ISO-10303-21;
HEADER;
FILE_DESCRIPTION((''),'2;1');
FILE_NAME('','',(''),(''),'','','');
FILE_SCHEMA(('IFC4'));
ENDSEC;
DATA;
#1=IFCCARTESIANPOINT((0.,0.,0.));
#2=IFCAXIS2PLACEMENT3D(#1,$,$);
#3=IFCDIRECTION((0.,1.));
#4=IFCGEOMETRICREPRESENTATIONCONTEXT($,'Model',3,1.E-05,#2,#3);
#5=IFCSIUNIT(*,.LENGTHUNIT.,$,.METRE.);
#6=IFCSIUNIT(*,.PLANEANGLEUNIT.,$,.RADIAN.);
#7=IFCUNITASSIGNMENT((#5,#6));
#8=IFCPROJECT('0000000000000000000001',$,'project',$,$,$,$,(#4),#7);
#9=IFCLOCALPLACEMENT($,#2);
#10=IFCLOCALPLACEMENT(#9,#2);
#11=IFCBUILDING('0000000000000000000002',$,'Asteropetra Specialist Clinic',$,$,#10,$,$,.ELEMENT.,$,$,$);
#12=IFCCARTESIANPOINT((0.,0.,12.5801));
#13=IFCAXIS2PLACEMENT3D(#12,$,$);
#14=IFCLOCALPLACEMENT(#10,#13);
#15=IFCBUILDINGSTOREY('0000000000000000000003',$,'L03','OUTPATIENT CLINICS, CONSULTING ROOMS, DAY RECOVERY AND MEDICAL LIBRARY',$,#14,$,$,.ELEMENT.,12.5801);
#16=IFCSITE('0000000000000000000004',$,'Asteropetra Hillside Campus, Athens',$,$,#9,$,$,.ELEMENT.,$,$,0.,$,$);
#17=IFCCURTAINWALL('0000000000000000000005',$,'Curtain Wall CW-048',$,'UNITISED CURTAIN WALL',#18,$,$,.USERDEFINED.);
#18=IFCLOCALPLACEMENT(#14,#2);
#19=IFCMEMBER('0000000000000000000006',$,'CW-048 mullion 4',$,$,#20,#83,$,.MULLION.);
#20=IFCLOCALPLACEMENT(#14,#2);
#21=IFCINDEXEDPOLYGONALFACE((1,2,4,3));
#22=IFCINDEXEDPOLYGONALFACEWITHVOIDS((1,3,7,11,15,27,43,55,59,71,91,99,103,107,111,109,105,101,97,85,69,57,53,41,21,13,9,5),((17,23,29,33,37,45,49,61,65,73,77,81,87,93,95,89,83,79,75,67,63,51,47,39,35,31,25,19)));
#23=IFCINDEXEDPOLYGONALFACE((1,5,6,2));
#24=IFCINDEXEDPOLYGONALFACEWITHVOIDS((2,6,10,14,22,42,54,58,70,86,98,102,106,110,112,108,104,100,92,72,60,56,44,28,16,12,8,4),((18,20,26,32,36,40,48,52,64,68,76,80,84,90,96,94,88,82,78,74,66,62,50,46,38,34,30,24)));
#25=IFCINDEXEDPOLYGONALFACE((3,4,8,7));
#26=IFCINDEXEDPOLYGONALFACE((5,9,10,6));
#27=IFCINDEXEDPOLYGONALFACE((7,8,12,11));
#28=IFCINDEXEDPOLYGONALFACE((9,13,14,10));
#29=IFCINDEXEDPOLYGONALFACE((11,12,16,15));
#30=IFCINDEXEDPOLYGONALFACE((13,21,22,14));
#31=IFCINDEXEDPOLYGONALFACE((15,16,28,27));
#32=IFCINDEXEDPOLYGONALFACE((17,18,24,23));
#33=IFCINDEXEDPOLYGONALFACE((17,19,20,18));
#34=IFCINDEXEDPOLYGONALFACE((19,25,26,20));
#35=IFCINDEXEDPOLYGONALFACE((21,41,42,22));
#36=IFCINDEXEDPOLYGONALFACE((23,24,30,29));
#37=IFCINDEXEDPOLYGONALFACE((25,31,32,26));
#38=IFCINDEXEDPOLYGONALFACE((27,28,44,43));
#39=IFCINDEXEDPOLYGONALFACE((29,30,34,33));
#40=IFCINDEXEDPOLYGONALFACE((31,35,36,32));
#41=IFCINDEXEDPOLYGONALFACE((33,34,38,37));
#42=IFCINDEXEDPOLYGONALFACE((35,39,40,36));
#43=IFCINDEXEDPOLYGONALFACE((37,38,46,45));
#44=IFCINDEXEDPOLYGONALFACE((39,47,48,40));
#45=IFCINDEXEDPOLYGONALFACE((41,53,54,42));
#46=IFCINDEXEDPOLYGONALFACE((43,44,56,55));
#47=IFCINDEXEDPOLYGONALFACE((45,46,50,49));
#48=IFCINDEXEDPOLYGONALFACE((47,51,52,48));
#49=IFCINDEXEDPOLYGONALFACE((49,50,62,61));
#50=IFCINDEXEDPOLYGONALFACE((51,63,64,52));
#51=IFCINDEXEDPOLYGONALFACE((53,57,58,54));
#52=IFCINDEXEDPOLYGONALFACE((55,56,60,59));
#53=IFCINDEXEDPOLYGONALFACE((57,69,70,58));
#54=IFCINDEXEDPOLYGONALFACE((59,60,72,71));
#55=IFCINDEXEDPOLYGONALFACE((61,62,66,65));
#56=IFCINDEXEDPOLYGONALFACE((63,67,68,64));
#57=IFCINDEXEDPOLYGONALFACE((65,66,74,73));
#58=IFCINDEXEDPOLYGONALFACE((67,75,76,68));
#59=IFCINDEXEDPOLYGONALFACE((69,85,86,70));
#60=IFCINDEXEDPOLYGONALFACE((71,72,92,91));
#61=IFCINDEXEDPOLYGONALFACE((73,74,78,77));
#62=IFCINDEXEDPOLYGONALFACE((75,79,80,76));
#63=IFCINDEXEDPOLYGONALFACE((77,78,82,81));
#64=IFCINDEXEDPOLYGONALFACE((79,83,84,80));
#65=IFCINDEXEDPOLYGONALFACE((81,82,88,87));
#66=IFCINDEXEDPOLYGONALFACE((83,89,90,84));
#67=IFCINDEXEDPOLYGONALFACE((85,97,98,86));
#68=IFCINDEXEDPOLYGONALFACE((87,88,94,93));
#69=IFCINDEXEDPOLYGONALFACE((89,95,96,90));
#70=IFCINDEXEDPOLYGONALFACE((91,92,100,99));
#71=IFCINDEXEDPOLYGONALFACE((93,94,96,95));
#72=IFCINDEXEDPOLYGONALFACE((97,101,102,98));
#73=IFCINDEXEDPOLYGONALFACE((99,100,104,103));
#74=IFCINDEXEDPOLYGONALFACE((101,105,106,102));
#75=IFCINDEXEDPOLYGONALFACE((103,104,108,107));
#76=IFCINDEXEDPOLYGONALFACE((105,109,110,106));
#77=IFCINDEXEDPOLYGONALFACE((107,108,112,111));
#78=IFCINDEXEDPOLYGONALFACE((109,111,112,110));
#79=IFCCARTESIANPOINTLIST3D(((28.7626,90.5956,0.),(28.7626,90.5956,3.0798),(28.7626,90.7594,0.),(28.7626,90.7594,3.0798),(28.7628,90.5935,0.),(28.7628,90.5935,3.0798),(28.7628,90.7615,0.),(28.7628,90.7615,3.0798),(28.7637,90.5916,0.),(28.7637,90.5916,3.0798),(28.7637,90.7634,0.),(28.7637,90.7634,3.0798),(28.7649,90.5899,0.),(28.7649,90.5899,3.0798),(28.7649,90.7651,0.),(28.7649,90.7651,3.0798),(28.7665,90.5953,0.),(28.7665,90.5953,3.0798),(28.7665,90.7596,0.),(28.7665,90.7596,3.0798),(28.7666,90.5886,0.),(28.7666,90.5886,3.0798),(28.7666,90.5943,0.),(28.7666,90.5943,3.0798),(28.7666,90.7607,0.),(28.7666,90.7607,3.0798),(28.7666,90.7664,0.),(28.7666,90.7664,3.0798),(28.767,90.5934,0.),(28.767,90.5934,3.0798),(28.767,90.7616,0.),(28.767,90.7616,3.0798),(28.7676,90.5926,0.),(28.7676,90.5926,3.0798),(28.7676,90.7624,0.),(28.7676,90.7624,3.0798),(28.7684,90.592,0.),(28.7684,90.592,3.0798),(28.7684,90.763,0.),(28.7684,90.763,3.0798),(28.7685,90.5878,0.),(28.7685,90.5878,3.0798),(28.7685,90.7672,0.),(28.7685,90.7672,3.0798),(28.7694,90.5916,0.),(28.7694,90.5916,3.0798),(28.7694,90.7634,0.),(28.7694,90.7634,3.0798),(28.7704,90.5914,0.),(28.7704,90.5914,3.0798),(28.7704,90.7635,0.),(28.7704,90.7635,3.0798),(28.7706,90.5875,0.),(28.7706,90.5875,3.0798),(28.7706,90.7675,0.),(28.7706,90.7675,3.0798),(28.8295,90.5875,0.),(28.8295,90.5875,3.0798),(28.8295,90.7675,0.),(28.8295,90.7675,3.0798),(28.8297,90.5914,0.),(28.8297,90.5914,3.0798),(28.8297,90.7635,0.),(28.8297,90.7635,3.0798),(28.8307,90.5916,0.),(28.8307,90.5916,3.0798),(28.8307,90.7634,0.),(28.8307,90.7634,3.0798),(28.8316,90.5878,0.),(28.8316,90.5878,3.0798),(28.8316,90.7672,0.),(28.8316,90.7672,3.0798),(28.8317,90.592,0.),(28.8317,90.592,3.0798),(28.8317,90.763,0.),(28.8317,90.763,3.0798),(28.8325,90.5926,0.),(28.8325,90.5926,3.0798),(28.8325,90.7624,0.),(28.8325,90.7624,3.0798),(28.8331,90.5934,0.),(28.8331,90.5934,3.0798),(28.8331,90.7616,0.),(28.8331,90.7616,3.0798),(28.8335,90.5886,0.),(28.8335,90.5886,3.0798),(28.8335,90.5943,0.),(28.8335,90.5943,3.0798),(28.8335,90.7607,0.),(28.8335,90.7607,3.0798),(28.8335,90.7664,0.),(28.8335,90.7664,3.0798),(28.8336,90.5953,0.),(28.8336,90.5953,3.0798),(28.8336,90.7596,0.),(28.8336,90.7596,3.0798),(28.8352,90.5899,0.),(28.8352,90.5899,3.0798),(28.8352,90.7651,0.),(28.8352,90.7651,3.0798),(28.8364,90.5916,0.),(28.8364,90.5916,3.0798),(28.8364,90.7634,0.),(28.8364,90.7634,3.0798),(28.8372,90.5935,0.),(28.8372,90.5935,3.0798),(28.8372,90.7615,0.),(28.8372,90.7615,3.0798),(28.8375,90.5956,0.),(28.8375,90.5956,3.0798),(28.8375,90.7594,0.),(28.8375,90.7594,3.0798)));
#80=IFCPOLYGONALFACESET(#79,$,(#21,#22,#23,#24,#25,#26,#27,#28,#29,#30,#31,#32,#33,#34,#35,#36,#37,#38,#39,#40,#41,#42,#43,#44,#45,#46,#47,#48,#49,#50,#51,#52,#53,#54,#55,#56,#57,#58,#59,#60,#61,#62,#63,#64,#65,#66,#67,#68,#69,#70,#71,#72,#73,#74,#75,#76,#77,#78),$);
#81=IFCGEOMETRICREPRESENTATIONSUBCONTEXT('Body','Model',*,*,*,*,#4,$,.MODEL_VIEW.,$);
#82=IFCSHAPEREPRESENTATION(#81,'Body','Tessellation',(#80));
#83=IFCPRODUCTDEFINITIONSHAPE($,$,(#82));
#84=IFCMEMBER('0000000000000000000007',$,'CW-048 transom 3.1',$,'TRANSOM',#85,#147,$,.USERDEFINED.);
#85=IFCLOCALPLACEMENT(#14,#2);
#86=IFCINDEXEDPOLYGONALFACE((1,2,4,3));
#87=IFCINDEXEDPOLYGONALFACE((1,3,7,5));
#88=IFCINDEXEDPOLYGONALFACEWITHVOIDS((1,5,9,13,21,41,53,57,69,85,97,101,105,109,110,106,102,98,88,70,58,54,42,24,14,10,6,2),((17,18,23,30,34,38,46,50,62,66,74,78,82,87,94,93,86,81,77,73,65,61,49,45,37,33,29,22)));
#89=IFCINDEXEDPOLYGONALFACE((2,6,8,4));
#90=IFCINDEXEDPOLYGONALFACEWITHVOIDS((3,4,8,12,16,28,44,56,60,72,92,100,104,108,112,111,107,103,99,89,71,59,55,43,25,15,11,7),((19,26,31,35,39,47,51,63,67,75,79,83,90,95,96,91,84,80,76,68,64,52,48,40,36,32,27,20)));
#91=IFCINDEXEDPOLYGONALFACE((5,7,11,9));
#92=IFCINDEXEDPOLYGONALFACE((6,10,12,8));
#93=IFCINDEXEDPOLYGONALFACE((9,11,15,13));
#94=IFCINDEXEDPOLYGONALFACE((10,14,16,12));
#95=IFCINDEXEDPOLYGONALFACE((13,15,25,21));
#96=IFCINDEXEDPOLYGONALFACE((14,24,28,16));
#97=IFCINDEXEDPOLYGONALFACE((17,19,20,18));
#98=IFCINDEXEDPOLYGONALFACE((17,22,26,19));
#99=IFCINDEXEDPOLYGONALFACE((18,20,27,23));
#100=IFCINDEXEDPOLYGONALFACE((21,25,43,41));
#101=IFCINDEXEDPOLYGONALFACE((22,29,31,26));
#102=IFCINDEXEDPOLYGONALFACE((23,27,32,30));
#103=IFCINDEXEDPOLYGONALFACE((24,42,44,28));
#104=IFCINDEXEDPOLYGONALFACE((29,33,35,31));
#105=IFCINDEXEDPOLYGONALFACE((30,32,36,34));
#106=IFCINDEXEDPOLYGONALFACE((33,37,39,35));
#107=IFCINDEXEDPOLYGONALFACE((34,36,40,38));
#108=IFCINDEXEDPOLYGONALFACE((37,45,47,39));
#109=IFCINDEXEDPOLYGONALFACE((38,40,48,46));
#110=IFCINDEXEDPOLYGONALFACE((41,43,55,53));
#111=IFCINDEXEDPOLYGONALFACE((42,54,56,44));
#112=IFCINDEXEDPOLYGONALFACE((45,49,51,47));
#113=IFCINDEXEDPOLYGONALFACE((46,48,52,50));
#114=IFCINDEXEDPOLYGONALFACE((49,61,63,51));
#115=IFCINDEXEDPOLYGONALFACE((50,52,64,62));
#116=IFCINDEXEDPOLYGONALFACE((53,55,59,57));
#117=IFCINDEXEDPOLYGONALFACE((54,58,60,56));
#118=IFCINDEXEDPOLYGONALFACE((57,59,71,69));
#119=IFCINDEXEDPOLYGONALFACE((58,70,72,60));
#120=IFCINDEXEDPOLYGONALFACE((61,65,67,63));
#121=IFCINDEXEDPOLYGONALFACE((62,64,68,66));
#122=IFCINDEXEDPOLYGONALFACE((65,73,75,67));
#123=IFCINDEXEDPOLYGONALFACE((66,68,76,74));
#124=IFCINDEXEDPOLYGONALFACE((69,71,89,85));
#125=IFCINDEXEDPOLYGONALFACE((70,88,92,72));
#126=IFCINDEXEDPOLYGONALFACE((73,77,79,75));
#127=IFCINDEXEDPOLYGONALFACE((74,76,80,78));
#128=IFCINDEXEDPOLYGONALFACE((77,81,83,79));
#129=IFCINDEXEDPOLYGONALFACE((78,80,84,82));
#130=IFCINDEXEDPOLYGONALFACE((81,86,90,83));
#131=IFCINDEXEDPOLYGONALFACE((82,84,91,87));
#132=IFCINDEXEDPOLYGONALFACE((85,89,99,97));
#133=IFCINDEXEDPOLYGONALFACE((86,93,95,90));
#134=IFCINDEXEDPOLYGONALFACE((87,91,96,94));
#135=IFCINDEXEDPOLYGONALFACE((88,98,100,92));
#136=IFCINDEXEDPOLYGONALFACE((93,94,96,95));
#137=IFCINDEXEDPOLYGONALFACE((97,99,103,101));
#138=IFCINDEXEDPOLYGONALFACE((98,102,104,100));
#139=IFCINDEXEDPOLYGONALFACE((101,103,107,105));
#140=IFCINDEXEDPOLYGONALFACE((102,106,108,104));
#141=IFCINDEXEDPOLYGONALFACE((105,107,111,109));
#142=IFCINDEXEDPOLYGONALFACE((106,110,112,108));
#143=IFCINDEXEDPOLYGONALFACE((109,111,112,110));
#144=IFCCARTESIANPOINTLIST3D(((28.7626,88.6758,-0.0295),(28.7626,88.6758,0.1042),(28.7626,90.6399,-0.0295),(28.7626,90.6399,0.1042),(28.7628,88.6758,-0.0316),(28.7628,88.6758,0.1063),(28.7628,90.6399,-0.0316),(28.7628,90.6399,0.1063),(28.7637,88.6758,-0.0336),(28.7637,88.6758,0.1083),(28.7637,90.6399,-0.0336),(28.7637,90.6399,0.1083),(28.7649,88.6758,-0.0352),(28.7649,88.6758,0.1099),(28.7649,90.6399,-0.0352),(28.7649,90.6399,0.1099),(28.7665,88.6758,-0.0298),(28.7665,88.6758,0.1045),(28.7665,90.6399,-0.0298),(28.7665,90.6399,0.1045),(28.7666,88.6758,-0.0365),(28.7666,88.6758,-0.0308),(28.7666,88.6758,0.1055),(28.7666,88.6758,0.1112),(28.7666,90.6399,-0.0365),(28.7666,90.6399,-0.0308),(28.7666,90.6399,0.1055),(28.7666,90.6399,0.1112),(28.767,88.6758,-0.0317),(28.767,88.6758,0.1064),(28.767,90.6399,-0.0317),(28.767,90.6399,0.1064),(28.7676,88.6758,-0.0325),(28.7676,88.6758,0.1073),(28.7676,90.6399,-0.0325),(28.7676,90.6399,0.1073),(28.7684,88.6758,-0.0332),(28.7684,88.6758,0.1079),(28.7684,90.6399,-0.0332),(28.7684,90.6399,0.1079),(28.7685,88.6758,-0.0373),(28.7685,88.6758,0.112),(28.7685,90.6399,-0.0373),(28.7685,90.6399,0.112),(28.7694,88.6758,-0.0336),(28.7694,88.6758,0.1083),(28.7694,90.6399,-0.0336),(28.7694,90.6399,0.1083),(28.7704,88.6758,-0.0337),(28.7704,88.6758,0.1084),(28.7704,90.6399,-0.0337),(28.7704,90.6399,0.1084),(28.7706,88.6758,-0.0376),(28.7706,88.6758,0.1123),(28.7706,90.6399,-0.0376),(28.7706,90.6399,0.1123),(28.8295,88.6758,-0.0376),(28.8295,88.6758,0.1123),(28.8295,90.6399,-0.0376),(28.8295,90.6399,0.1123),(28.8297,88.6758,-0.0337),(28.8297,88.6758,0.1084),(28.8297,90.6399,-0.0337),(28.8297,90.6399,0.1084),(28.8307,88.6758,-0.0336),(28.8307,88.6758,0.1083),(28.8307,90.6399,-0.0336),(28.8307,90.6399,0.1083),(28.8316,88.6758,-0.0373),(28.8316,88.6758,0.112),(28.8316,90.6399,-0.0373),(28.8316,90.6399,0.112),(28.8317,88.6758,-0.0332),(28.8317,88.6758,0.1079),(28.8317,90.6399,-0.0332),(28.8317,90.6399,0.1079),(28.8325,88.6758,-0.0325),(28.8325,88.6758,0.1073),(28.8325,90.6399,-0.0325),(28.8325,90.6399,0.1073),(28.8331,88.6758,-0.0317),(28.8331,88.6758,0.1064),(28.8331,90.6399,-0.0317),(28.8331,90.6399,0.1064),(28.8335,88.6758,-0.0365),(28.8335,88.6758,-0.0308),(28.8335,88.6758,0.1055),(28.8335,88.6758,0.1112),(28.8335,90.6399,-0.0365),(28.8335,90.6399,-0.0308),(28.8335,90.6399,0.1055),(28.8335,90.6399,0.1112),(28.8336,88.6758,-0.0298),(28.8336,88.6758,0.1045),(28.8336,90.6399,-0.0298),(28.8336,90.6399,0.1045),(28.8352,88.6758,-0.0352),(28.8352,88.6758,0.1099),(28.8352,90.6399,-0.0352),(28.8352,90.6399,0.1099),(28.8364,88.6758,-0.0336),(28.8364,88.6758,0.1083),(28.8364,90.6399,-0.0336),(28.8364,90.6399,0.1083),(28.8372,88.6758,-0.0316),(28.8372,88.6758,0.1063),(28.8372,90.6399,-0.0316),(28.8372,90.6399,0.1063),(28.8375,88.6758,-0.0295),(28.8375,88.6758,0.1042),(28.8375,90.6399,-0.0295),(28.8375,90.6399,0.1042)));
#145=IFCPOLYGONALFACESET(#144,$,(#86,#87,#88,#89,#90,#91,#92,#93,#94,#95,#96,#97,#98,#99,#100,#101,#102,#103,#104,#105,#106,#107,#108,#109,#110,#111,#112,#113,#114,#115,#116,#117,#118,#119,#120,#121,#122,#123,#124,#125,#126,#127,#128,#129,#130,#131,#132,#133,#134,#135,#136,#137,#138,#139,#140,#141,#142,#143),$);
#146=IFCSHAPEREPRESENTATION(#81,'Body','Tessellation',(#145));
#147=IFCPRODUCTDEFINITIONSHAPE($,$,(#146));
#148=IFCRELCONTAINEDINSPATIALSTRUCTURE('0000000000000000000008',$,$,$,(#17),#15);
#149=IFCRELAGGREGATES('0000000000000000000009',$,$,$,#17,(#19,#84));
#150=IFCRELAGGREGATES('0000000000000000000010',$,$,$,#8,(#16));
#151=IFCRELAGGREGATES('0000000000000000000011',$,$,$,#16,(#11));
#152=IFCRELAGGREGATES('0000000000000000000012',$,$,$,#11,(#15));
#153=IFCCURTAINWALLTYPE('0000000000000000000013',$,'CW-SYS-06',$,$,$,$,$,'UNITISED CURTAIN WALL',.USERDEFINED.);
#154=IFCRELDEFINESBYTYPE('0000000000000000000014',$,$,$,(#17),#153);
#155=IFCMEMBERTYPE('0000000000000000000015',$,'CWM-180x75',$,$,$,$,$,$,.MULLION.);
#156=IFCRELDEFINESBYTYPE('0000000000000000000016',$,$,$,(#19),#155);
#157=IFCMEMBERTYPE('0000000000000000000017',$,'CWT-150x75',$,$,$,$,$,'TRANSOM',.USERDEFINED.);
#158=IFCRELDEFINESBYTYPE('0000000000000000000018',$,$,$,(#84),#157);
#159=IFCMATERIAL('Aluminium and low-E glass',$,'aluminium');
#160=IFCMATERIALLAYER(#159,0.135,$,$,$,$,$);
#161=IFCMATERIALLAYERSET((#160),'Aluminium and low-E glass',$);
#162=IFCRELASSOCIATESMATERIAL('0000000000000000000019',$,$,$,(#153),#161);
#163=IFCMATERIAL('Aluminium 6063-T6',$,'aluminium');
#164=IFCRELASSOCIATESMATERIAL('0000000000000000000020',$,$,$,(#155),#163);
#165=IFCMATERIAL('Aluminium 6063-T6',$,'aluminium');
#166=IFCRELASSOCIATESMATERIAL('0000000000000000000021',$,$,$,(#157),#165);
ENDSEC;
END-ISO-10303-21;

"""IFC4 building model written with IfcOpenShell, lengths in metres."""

from ifc_helpers import new_model, si_unit, direction, frame, origin, origin_2d, place, context, subcontext, project, spatial, hollow_rectangle, extrude, material, layer, layer_set, material_profile, profile_set, type_object, element, aggregate, save


model = new_model("IFC4")

# Units and contexts
model_context = context("Model", 3, precision=1e-05, world=origin(), true_north=direction((0.0, 1.0)))
body_context = subcontext(model_context, "Body", "Model", "MODEL_VIEW")
ifc_project = project(units=[si_unit("LENGTHUNIT", "METRE"), si_unit("PLANEANGLEUNIT", "RADIAN")], contexts=[model_context])

# Site, building, storey
site_placement = place(None, origin())
site = spatial("IfcSite", under=ifc_project, at=site_placement, Name="Asteropetra Hillside Campus, Athens", CompositionType="ELEMENT", RefElevation=0.0)
building_placement = place(site_placement, origin())
building = spatial("IfcBuilding", under=site, at=building_placement, Name="Asteropetra Specialist Clinic", CompositionType="ELEMENT")
storey_placement = place(building_placement, frame((0.0, 0.0, 12.5801)))
storey = spatial("IfcBuildingStorey", under=building, at=storey_placement, Name="L03", Description="OUTPATIENT CLINICS, CONSULTING ROOMS, DAY RECOVERY AND MEDICAL LIBRARY", CompositionType="ELEMENT", Elevation=12.5801)

# Curtain wall, members
ifc_material_1 = material(Name="Aluminium and low-E glass", Category="aluminium")
ifc_layer_1 = layer(ifc_material_1, 0.135)
ifc_layer_set_1 = layer_set([ifc_layer_1], Name="Aluminium and low-E glass")
curtain_wall_type = type_object("IfcCurtainWallType", Name="CW-SYS-06", ElementType="UNITISED CURTAIN WALL", PredefinedType="USERDEFINED", material=ifc_layer_set_1)
curtain_wall_placement = place(storey_placement, origin())
curtain_wall = element("IfcCurtainWall", 1, at=curtain_wall_placement, inside=storey, type_object=curtain_wall_type, Name="Curtain Wall CW-048", ObjectType="UNITISED CURTAIN WALL", PredefinedType="USERDEFINED")
ifc_material_2 = material(Name="Aluminium 6063-T6", Category="aluminium")
ifc_material_profile_1 = material_profile(ifc_material_2, hollow_rectangle(XDim=0.075, YDim=0.1799, WallThickness=0.0039, InnerFilletRadius=0.0039, OuterFilletRadius=0.0081, at=origin_2d()), Name="MUL 180x75x4.0")
ifc_profile_set_1 = profile_set([ifc_material_profile_1], Name="Aluminium 6063-T6")
member_type_1 = type_object("IfcMemberType", Name="CWM-180x75", PredefinedType="MULLION", material=ifc_profile_set_1)
member_1_placement = place(storey_placement, frame((28.8, 90.6775, 0.0), z_axis=(0.0, 0.0, 1.0), x_axis=(-1.0, 0.0, 0.0)))
member_1 = element("IfcMember", 2, at=member_1_placement, type_object=member_type_1, Name="CW-048 mullion 4", PredefinedType="MULLION", context=body_context, shape_type="SweptSolid", body=[
    extrude(hollow_rectangle(XDim=0.075, YDim=0.1799, WallThickness=0.0039, InnerFilletRadius=0.0039, OuterFilletRadius=0.0081, at=origin_2d()), origin(), (0.0, 0.0, 1.0), 3.0798),
])
ifc_material_3 = material(Name="Aluminium 6063-T6", Category="aluminium")
ifc_material_profile_2 = material_profile(ifc_material_3, hollow_rectangle(XDim=0.075, YDim=0.1499, WallThickness=0.0039, InnerFilletRadius=0.0039, OuterFilletRadius=0.0081, at=origin_2d()), Name="TRN 150x75x4.0")
ifc_profile_set_2 = profile_set([ifc_material_profile_2], Name="Aluminium 6063-T6")
member_type_2 = type_object("IfcMemberType", Name="CWT-150x75", ElementType="TRANSOM", PredefinedType="USERDEFINED", material=ifc_profile_set_2)
member_2_placement = place(storey_placement, frame((28.8, 88.6758, 0.0374), z_axis=(0.0, 1.0, 0.0), x_axis=(-1.0, 0.0, 0.0)))
member_2 = element("IfcMember", 3, at=member_2_placement, type_object=member_type_2, Name="CW-048 transom 3.1", ObjectType="TRANSOM", PredefinedType="USERDEFINED", context=body_context, shape_type="SweptSolid", body=[
    extrude(hollow_rectangle(XDim=0.075, YDim=0.1499, WallThickness=0.0039, InnerFilletRadius=0.0039, OuterFilletRadius=0.0081, at=origin_2d()), origin(), (0.0, 0.0, 1.0), 1.9641),
])

aggregate(curtain_wall, [member_1, member_2])

save(model, "model.ifc")
